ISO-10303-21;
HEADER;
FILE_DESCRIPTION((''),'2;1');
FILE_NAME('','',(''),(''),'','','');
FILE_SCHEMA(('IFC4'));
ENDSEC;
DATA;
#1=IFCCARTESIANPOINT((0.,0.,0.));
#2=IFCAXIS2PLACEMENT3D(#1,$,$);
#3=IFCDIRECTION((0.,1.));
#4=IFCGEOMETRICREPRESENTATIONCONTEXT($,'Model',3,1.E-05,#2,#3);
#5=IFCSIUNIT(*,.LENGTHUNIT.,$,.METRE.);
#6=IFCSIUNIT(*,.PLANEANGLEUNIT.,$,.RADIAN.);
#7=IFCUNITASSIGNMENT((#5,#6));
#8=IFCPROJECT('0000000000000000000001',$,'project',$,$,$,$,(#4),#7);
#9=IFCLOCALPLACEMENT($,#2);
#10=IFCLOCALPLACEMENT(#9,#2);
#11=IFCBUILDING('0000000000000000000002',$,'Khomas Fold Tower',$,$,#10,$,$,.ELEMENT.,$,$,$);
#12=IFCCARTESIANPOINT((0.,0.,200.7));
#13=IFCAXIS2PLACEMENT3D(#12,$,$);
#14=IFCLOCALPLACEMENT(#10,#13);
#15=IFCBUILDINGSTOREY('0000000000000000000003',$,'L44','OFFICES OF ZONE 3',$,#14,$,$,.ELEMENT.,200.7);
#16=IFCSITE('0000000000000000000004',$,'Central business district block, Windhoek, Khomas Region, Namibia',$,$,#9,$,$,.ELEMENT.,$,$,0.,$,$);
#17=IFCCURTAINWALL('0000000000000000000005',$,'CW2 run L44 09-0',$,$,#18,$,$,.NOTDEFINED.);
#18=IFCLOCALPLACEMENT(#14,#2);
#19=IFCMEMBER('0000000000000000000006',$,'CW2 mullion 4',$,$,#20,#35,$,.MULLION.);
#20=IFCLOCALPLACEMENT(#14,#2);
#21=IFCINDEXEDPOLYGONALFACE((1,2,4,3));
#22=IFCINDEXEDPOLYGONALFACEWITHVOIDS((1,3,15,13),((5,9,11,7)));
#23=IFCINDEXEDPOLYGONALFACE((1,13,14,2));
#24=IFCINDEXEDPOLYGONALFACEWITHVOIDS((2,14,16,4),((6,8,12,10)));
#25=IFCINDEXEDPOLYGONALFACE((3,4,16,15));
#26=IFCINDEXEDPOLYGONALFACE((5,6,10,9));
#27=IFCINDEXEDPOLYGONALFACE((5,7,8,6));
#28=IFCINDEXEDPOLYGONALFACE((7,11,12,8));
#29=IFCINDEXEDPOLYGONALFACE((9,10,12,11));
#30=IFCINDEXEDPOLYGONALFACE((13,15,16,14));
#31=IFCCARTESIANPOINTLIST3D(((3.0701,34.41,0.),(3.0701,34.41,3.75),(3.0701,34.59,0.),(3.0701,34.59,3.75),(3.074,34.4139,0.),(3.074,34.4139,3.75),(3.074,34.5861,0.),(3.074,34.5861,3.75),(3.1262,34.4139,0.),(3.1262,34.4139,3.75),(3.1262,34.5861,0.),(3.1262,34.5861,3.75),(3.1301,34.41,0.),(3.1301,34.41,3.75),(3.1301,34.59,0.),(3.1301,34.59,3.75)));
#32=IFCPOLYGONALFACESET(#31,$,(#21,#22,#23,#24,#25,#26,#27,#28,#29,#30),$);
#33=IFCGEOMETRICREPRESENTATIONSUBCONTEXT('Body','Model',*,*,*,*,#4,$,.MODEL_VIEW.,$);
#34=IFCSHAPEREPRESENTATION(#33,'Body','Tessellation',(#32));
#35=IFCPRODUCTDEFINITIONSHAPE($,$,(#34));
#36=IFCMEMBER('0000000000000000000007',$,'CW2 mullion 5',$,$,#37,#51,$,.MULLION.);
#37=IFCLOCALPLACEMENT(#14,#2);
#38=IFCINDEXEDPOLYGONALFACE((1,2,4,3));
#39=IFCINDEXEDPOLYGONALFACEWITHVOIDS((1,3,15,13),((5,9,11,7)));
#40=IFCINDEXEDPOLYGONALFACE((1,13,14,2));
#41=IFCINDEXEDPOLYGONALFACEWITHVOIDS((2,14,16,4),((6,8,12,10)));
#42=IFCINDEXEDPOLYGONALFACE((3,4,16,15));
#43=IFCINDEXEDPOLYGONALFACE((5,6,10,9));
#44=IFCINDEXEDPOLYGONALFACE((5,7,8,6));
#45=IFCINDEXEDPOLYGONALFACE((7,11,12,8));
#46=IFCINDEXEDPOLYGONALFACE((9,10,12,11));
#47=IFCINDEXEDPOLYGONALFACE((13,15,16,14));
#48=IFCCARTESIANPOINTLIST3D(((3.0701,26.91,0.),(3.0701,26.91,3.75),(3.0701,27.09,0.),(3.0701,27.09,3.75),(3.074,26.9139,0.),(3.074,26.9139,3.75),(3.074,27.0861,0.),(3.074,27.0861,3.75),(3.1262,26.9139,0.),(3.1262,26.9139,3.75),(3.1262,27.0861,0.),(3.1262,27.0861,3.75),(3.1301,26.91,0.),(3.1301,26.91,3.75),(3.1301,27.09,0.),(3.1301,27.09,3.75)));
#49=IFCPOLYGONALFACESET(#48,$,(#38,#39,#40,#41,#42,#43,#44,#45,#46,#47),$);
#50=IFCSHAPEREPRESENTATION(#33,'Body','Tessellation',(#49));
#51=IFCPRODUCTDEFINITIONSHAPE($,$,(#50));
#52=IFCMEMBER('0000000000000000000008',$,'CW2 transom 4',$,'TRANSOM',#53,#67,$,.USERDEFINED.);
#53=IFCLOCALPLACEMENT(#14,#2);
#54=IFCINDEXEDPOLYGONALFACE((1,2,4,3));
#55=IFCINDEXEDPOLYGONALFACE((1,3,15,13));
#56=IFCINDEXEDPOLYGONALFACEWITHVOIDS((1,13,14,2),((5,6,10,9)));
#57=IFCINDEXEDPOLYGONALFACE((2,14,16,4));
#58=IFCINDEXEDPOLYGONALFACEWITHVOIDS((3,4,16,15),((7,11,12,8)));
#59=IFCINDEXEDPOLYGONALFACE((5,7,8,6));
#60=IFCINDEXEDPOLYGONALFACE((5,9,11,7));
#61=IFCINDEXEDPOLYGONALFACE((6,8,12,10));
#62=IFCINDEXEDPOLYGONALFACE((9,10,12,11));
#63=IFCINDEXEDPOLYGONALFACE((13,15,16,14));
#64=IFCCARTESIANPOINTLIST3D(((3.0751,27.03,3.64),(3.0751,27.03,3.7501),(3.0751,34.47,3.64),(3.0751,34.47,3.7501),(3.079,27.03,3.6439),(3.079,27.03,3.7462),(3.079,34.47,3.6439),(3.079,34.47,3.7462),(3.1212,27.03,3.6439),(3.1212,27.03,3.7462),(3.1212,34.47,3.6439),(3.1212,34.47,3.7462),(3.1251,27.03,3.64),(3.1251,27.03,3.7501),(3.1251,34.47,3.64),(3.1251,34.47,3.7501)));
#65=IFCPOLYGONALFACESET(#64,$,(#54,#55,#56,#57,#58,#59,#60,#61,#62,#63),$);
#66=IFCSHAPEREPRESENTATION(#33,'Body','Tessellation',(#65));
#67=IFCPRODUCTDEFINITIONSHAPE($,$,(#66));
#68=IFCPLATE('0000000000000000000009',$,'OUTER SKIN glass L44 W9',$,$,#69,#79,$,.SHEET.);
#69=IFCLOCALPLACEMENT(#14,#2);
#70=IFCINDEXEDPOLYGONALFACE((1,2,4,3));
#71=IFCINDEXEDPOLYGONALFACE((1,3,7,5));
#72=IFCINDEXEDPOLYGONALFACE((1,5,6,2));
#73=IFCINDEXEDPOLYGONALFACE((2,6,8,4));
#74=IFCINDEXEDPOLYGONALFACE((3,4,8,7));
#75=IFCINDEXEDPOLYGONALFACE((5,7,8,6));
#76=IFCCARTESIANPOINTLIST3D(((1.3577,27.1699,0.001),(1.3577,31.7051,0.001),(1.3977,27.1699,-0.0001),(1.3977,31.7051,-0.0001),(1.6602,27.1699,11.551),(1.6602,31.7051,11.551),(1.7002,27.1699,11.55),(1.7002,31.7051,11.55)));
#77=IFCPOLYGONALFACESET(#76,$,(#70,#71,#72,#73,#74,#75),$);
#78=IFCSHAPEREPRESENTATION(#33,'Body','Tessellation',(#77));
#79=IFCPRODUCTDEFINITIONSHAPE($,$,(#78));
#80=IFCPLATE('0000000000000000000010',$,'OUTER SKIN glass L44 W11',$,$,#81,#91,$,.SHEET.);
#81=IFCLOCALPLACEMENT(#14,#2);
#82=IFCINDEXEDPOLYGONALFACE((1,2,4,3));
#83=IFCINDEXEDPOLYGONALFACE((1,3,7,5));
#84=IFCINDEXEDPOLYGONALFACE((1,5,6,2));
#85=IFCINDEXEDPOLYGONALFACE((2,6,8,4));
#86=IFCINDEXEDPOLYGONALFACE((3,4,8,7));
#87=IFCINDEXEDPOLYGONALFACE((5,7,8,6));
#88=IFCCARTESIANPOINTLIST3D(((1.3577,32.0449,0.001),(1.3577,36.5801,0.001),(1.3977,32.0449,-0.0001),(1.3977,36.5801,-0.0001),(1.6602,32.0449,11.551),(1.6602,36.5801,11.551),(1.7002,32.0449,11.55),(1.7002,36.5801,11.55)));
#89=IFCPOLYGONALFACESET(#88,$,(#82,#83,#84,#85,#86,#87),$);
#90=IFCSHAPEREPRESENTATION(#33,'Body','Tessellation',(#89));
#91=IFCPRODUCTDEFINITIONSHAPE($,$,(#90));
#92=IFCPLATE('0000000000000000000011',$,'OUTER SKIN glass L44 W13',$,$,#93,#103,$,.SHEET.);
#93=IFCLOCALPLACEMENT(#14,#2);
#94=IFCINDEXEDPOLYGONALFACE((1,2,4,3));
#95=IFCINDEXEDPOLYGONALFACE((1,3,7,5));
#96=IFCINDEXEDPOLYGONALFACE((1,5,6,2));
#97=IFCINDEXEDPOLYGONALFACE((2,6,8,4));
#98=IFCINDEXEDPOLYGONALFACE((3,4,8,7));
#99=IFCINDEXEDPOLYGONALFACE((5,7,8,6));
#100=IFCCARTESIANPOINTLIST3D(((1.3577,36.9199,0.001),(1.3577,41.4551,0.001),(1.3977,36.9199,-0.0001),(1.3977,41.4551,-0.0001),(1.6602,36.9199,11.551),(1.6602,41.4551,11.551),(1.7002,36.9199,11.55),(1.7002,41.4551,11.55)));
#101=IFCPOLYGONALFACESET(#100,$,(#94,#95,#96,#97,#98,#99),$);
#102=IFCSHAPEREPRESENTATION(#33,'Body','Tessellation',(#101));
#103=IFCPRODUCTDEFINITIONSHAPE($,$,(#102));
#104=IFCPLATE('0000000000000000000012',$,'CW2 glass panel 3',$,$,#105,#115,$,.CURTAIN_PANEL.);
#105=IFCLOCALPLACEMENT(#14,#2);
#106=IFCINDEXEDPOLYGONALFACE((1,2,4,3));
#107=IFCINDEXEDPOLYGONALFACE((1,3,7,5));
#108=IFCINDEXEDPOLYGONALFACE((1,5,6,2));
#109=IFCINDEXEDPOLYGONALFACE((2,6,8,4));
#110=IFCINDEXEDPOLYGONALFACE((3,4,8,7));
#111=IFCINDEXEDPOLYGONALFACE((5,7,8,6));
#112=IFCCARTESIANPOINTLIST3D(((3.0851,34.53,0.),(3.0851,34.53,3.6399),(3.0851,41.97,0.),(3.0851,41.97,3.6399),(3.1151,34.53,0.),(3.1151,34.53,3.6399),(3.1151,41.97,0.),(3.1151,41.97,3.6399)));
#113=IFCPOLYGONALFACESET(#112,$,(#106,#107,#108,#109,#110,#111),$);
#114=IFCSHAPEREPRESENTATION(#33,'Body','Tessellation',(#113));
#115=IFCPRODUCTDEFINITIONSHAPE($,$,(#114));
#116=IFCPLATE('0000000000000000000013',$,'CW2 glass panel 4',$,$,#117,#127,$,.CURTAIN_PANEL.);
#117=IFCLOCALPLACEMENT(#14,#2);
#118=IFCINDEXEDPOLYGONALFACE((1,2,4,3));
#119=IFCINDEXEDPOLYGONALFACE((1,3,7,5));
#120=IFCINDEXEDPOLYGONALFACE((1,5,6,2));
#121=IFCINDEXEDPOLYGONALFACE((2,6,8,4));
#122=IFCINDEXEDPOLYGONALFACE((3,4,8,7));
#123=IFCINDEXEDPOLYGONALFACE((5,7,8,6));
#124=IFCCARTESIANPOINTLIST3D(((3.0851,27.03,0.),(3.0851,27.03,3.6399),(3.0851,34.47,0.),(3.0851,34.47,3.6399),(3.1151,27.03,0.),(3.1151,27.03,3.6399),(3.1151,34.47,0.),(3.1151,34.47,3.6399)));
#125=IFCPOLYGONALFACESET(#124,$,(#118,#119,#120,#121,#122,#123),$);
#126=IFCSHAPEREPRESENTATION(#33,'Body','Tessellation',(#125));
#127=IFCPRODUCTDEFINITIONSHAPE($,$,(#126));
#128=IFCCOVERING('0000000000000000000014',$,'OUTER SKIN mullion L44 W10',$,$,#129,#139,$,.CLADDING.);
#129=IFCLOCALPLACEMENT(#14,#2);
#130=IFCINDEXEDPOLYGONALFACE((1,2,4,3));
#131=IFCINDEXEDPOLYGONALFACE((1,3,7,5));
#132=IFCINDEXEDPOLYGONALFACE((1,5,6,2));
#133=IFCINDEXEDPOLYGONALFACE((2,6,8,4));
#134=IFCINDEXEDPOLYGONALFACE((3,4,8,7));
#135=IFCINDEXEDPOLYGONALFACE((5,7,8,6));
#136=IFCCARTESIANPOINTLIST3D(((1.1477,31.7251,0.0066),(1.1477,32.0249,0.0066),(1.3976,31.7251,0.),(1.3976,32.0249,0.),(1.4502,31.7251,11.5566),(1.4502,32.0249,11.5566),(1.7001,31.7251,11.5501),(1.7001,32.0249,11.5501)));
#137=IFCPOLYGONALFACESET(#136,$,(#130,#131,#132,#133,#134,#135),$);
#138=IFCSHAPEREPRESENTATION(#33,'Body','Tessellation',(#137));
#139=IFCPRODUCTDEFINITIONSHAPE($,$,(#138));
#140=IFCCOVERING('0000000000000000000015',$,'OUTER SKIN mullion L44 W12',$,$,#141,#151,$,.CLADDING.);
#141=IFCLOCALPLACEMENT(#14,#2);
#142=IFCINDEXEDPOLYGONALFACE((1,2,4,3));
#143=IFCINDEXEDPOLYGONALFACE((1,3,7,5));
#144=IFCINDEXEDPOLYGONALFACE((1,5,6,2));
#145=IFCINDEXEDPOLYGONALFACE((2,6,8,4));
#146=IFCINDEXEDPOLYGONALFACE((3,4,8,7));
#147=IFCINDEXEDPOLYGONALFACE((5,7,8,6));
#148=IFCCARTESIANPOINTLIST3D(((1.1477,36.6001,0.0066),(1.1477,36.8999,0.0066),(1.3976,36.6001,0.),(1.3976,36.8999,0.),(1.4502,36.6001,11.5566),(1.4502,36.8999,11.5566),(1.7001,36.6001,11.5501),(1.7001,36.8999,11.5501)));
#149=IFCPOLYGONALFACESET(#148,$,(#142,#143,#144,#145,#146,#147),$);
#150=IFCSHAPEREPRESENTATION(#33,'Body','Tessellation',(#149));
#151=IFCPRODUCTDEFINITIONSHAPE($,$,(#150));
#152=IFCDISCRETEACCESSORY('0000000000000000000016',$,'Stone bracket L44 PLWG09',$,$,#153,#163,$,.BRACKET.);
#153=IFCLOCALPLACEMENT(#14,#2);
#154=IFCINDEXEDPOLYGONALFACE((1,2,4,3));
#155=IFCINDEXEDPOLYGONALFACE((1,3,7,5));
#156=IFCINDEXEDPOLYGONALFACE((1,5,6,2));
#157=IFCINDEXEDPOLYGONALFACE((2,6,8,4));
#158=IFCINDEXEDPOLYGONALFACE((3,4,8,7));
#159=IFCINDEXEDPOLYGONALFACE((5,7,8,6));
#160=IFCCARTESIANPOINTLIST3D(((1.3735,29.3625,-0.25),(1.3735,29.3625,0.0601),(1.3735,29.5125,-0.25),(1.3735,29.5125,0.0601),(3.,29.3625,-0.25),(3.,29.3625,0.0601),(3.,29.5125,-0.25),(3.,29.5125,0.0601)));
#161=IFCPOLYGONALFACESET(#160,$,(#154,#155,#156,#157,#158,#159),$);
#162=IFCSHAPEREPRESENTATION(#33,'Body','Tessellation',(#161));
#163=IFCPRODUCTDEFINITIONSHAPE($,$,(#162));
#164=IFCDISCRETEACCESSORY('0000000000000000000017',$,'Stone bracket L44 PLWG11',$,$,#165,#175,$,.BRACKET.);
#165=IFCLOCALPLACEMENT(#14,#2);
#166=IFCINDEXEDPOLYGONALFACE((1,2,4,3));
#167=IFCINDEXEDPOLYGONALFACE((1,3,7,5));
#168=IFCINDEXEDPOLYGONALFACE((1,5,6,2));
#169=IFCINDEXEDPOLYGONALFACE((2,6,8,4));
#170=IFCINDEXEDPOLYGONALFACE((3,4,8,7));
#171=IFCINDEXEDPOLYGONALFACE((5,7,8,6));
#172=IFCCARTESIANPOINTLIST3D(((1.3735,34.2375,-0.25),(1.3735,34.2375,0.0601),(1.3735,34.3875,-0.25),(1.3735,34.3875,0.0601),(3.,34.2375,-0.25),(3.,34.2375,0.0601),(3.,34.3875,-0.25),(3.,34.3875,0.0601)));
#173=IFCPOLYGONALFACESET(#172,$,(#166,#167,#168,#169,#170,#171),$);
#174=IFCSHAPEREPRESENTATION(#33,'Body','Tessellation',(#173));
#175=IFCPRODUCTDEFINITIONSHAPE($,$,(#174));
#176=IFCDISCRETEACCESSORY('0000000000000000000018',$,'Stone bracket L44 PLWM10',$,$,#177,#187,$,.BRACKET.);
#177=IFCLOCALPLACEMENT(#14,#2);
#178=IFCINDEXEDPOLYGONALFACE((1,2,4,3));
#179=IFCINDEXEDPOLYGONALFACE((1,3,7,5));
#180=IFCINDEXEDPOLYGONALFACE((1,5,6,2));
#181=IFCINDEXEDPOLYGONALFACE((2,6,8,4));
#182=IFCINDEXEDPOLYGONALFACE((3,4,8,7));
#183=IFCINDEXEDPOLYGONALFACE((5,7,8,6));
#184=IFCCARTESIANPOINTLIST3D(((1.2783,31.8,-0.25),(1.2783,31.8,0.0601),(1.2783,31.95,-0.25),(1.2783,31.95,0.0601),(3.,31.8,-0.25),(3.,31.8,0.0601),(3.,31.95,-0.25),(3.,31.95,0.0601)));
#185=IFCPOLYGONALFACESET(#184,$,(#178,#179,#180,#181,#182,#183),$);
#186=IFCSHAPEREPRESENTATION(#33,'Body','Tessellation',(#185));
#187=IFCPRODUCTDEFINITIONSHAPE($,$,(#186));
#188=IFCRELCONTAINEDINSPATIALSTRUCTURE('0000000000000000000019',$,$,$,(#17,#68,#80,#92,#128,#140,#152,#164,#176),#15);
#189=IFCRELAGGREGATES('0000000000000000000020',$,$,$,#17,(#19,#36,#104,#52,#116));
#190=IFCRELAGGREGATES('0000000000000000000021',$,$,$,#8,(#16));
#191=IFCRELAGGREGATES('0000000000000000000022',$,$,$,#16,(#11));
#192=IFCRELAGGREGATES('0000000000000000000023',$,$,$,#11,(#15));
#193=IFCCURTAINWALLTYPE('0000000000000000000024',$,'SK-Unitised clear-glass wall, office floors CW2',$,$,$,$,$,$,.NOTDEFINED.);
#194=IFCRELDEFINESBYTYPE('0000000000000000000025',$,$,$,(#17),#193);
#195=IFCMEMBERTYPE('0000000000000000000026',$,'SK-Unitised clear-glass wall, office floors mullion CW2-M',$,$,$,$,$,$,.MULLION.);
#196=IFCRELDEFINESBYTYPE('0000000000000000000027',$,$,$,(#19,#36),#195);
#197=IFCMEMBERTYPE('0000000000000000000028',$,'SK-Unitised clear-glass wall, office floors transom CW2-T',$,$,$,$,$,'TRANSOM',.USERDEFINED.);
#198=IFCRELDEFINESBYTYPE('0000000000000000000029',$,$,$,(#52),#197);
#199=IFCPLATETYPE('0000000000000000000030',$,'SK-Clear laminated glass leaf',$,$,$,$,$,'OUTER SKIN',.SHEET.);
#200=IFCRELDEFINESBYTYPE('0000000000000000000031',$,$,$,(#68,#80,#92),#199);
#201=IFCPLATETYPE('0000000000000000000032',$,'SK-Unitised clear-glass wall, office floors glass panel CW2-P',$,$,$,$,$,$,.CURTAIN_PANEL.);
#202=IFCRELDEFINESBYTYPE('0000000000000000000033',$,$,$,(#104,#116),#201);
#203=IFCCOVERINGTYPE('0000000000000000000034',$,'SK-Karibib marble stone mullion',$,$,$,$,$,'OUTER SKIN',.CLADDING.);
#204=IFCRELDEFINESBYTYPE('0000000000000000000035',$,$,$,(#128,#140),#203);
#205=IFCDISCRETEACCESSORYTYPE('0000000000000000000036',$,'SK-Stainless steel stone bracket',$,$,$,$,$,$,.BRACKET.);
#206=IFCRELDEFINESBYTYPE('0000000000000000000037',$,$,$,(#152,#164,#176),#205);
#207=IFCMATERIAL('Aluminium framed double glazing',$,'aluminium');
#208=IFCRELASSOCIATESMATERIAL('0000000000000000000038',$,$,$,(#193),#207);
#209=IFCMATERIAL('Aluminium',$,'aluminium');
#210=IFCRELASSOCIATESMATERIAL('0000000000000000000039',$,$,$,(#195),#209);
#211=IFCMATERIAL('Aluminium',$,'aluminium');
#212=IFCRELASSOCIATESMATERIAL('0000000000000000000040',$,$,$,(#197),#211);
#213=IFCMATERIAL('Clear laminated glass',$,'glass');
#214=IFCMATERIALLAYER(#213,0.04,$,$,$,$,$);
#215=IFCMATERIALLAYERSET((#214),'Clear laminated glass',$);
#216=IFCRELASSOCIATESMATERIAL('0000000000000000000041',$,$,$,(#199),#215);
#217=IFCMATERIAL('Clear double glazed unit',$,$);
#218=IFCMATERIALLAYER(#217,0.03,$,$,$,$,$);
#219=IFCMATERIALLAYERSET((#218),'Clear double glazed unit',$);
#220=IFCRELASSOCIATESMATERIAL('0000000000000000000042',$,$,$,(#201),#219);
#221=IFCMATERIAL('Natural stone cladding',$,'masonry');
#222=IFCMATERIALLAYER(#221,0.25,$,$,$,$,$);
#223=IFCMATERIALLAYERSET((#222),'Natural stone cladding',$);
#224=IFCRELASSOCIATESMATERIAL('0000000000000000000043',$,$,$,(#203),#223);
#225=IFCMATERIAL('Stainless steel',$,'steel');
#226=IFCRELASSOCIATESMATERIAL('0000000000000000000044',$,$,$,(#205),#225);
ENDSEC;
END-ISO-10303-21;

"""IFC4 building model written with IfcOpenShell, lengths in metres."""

from ifc_helpers import new_model, si_unit, direction, frame, origin, origin_2d, place, context, subcontext, project, spatial, polyline, rectangle, hollow_rectangle, outline, extrude, source, transform, mapped, material, layer, layer_set, material_profile, profile_set, type_object, element, aggregate, save


model = new_model("IFC4")

# Units and contexts
model_context = context("Model", 3, precision=1e-05, world=origin(), true_north=direction((0.0, 1.0)))
body_context = subcontext(model_context, "Body", "Model", "MODEL_VIEW")
ifc_project = project(units=[si_unit("LENGTHUNIT", "METRE"), si_unit("PLANEANGLEUNIT", "RADIAN")], contexts=[model_context])

# Site, building, storey
site_placement = place(None, origin())
site = spatial("IfcSite", under=ifc_project, at=site_placement, Name="Central business district block, Windhoek, Khomas Region, Namibia", CompositionType="ELEMENT", RefElevation=0.0)
building_placement = place(site_placement, origin())
building = spatial("IfcBuilding", under=site, at=building_placement, Name="Khomas Fold Tower", CompositionType="ELEMENT")
storey_placement = place(building_placement, frame((0.0, 0.0, 200.7)))
storey = spatial("IfcBuildingStorey", under=building, at=storey_placement, Name="L44", Description="OFFICES OF ZONE 3", CompositionType="ELEMENT", Elevation=200.7)

# Curtain wall, members
ifc_material_1 = material(Name="Aluminium framed double glazing", Category="aluminium")
curtain_wall_type = type_object("IfcCurtainWallType", Name="SK-Unitised clear-glass wall, office floors CW2", PredefinedType="NOTDEFINED", material=ifc_material_1)
curtain_wall_placement = place(storey_placement, origin())
curtain_wall = element("IfcCurtainWall", 1, at=curtain_wall_placement, inside=storey, type_object=curtain_wall_type, Name="CW2 run L44 09-0", PredefinedType="NOTDEFINED")
ifc_material_2 = material(Name="Aluminium", Category="aluminium")
ifc_material_profile_1 = material_profile(ifc_material_2, hollow_rectangle(XDim=0.0601, YDim=0.1799, WallThickness=0.0039, at=origin_2d()), Name="SK-Unitised clear-glass wall, office floors mullion CW2-M")
ifc_profile_set_1 = profile_set([ifc_material_profile_1], Name="Aluminium")
member_type_1 = type_object("IfcMemberType", Name="SK-Unitised clear-glass wall, office floors mullion CW2-M", PredefinedType="MULLION", material=ifc_profile_set_1)
shared_shape_1 = source(origin(), body_context, "Body", "SweptSolid", [
    extrude(hollow_rectangle(XDim=0.0601, YDim=0.1799, WallThickness=0.0039, at=origin_2d()), origin(), (0.0, 0.0, 1.0), 3.75),
])
member_1_placement = place(storey_placement, frame((3.1001, 34.5, 0.0), z_axis=(0.0, 0.0, 1.0), x_axis=(1.0, 0.0, 0.0)))
member_1 = element("IfcMember", 2, at=member_1_placement, type_object=member_type_1, Name="CW2 mullion 4", PredefinedType="MULLION", context=body_context, shape_type="MappedRepresentation", body=[
    mapped(shared_shape_1, transform((0.0, 0.0, 0.0))),
])
member_2_placement = place(storey_placement, frame((3.1001, 27.0, 0.0), z_axis=(0.0, 0.0, 1.0), x_axis=(1.0, 0.0, 0.0)))
member_2 = element("IfcMember", 3, at=member_2_placement, type_object=member_type_1, Name="CW2 mullion 5", PredefinedType="MULLION", context=body_context, shape_type="MappedRepresentation", body=[
    mapped(shared_shape_1, transform((0.0, 0.0, 0.0))),
])
ifc_material_3 = material(Name="Aluminium", Category="aluminium")
ifc_material_profile_2 = material_profile(ifc_material_3, hollow_rectangle(XDim=0.05, YDim=0.1101, WallThickness=0.0039, at=origin_2d()), Name="SK-Unitised clear-glass wall, office floors transom CW2-T")
ifc_profile_set_2 = profile_set([ifc_material_profile_2], Name="Aluminium")
member_type_2 = type_object("IfcMemberType", Name="SK-Unitised clear-glass wall, office floors transom CW2-T", ElementType="TRANSOM", PredefinedType="USERDEFINED", material=ifc_profile_set_2)
shared_shape_2 = source(origin(), body_context, "Body", "SweptSolid", [
    extrude(hollow_rectangle(XDim=0.05, YDim=0.1101, WallThickness=0.0039, at=origin_2d()), origin(), (0.0, 0.0, 1.0), 7.4399),
])
member_3_placement = place(storey_placement, frame((3.1001, 34.47, 3.6951), z_axis=(0.0, -1.0, 0.0), x_axis=(1.0, 0.0, 0.0)))
member_3 = element("IfcMember", 4, at=member_3_placement, type_object=member_type_2, Name="CW2 transom 4", ObjectType="TRANSOM", PredefinedType="USERDEFINED", context=body_context, shape_type="MappedRepresentation", body=[
    mapped(shared_shape_2, transform((0.0, 0.0, 0.0))),
])

# Plates
ifc_material_4 = material(Name="Clear laminated glass", Category="glass")
ifc_layer_1 = layer(ifc_material_4, 0.04)
ifc_layer_set_1 = layer_set([ifc_layer_1], Name="Clear laminated glass")
plate_type_1 = type_object("IfcPlateType", Name="SK-Clear laminated glass leaf", ElementType="OUTER SKIN", PredefinedType="SHEET", material=ifc_layer_set_1)
for number, where, z_axis, x_axis, name in (
    (5, (1.3577, 27.1699, 0.001), (-0.999657, 0.0, 0.026181), (0.0, 1.0, 0.0), "OUTER SKIN glass L44 W9"),
    (6, (1.3577, 32.0449, 0.001), (-0.999657, 0.0, 0.026181), (0.0, 1.0, 0.0), "OUTER SKIN glass L44 W11"),
    (7, (1.3577, 36.9199, 0.001), (-0.999657, 0.0, 0.026181), (0.0, 1.0, 0.0), "OUTER SKIN glass L44 W13"),
):
    element("IfcPlate", number, at=place(storey_placement, frame(where, z_axis=z_axis, x_axis=x_axis)), inside=storey, type_object=plate_type_1, Name=name, PredefinedType="SHEET", context=body_context, shape_type="SweptSolid", body=[
        extrude(outline(polyline([(0.0, 0.0), (4.5352, 0.0), (4.5352, -11.554), (0.0, -11.554), (0.0, 0.0)])), origin(), (0.0, 0.0, -1.0), 0.04),
    ])

# Plates
ifc_material_5 = material(Name="Clear double glazed unit")
ifc_layer_2 = layer(ifc_material_5, 0.03)
ifc_layer_set_2 = layer_set([ifc_layer_2], Name="Clear double glazed unit")
plate_type_2 = type_object("IfcPlateType", Name="SK-Unitised clear-glass wall, office floors glass panel CW2-P", PredefinedType="CURTAIN_PANEL", material=ifc_layer_set_2)
shared_shape_3 = source(origin(), body_context, "Body", "SweptSolid", [
    extrude(rectangle(XDim=7.4399, YDim=0.03, at=origin_2d()), origin(), (0.0, 0.0, 1.0), 3.6399),
])
plate_1_placement = place(storey_placement, frame((3.1001, 38.25, 0.0), z_axis=(0.0, 0.0, 1.0), x_axis=(0.0, -1.0, 0.0)))
plate_1 = element("IfcPlate", 8, at=plate_1_placement, type_object=plate_type_2, Name="CW2 glass panel 3", PredefinedType="CURTAIN_PANEL", context=body_context, shape_type="MappedRepresentation", body=[
    mapped(shared_shape_3, transform((0.0, 0.0, 0.0))),
])
plate_2_placement = place(storey_placement, frame((3.1001, 30.75, 0.0), z_axis=(0.0, 0.0, 1.0), x_axis=(0.0, -1.0, 0.0)))
plate_2 = element("IfcPlate", 9, at=plate_2_placement, type_object=plate_type_2, Name="CW2 glass panel 4", PredefinedType="CURTAIN_PANEL", context=body_context, shape_type="MappedRepresentation", body=[
    mapped(shared_shape_3, transform((0.0, 0.0, 0.0))),
])
aggregate(curtain_wall, [member_1, member_2, plate_1, member_3, plate_2])

# Coverings
ifc_material_6 = material(Name="Natural stone cladding", Category="masonry")
ifc_layer_3 = layer(ifc_material_6, 0.25)
ifc_layer_set_3 = layer_set([ifc_layer_3], Name="Natural stone cladding")
covering_type = type_object("IfcCoveringType", Name="SK-Karibib marble stone mullion", ElementType="OUTER SKIN", PredefinedType="CLADDING", material=ifc_layer_set_3)
for number, where, z_axis, x_axis, name in (
    (10, (1.1477, 31.7251, 0.0066), (-0.999657, 0.0, 0.026181), (0.0, 1.0, 0.0), "OUTER SKIN mullion L44 W10"),
    (11, (1.1477, 36.6001, 0.0066), (-0.999657, 0.0, 0.026181), (0.0, 1.0, 0.0), "OUTER SKIN mullion L44 W12"),
):
    element("IfcCovering", number, at=place(storey_placement, frame(where, z_axis=z_axis, x_axis=x_axis)), inside=storey, type_object=covering_type, Name=name, PredefinedType="CLADDING", context=body_context, shape_type="SweptSolid", body=[
        extrude(outline(polyline([(0.0, 0.0), (0.2998, 0.0), (0.2998, -11.554), (0.0, -11.554), (0.0, 0.0)])), origin(), (0.0, 0.0, -1.0), 0.25),
    ])

# Discrete accessories
ifc_material_7 = material(Name="Stainless steel", Category="steel")
discrete_accessory_type = type_object("IfcDiscreteAccessoryType", Name="SK-Stainless steel stone bracket", PredefinedType="BRACKET", material=ifc_material_7)
shared_shape_4 = source(origin(), body_context, "Body", "SweptSolid", [
    extrude(rectangle(XDim=1.6265, YDim=0.1499, at=origin_2d()), origin(), (0.0, 0.0, 1.0), 0.3101),
])
for number, where, z_axis, x_axis, name in (
    (12, (2.1868, 29.4375, -0.25), (0.0, 0.0, 1.0), (-1.0, 0.0, 0.0), "Stone bracket L44 PLWG09"),
    (13, (2.1868, 34.3125, -0.25), (0.0, 0.0, 1.0), (-1.0, 0.0, 0.0), "Stone bracket L44 PLWG11"),
):
    element("IfcDiscreteAccessory", number, at=place(storey_placement, frame(where, z_axis=z_axis, x_axis=x_axis)), inside=storey, type_object=discrete_accessory_type, Name=name, PredefinedType="BRACKET", context=body_context, shape_type="MappedRepresentation", body=[
        mapped(shared_shape_4, transform((0.0, 0.0, 0.0))),
    ])
shared_shape_5 = source(origin(), body_context, "Body", "SweptSolid", [
    extrude(rectangle(XDim=1.7217, YDim=0.1499, at=origin_2d()), origin(), (0.0, 0.0, 1.0), 0.3101),
])
for number, where, z_axis, x_axis, name in (
    (14, (2.1392, 31.875, -0.25), (0.0, 0.0, 1.0), (-1.0, 0.0, 0.0), "Stone bracket L44 PLWM10"),
):
    element("IfcDiscreteAccessory", number, at=place(storey_placement, frame(where, z_axis=z_axis, x_axis=x_axis)), inside=storey, type_object=discrete_accessory_type, Name=name, PredefinedType="BRACKET", context=body_context, shape_type="MappedRepresentation", body=[
        mapped(shared_shape_5, transform((0.0, 0.0, 0.0))),
    ])

save(model, "model.ifc")
